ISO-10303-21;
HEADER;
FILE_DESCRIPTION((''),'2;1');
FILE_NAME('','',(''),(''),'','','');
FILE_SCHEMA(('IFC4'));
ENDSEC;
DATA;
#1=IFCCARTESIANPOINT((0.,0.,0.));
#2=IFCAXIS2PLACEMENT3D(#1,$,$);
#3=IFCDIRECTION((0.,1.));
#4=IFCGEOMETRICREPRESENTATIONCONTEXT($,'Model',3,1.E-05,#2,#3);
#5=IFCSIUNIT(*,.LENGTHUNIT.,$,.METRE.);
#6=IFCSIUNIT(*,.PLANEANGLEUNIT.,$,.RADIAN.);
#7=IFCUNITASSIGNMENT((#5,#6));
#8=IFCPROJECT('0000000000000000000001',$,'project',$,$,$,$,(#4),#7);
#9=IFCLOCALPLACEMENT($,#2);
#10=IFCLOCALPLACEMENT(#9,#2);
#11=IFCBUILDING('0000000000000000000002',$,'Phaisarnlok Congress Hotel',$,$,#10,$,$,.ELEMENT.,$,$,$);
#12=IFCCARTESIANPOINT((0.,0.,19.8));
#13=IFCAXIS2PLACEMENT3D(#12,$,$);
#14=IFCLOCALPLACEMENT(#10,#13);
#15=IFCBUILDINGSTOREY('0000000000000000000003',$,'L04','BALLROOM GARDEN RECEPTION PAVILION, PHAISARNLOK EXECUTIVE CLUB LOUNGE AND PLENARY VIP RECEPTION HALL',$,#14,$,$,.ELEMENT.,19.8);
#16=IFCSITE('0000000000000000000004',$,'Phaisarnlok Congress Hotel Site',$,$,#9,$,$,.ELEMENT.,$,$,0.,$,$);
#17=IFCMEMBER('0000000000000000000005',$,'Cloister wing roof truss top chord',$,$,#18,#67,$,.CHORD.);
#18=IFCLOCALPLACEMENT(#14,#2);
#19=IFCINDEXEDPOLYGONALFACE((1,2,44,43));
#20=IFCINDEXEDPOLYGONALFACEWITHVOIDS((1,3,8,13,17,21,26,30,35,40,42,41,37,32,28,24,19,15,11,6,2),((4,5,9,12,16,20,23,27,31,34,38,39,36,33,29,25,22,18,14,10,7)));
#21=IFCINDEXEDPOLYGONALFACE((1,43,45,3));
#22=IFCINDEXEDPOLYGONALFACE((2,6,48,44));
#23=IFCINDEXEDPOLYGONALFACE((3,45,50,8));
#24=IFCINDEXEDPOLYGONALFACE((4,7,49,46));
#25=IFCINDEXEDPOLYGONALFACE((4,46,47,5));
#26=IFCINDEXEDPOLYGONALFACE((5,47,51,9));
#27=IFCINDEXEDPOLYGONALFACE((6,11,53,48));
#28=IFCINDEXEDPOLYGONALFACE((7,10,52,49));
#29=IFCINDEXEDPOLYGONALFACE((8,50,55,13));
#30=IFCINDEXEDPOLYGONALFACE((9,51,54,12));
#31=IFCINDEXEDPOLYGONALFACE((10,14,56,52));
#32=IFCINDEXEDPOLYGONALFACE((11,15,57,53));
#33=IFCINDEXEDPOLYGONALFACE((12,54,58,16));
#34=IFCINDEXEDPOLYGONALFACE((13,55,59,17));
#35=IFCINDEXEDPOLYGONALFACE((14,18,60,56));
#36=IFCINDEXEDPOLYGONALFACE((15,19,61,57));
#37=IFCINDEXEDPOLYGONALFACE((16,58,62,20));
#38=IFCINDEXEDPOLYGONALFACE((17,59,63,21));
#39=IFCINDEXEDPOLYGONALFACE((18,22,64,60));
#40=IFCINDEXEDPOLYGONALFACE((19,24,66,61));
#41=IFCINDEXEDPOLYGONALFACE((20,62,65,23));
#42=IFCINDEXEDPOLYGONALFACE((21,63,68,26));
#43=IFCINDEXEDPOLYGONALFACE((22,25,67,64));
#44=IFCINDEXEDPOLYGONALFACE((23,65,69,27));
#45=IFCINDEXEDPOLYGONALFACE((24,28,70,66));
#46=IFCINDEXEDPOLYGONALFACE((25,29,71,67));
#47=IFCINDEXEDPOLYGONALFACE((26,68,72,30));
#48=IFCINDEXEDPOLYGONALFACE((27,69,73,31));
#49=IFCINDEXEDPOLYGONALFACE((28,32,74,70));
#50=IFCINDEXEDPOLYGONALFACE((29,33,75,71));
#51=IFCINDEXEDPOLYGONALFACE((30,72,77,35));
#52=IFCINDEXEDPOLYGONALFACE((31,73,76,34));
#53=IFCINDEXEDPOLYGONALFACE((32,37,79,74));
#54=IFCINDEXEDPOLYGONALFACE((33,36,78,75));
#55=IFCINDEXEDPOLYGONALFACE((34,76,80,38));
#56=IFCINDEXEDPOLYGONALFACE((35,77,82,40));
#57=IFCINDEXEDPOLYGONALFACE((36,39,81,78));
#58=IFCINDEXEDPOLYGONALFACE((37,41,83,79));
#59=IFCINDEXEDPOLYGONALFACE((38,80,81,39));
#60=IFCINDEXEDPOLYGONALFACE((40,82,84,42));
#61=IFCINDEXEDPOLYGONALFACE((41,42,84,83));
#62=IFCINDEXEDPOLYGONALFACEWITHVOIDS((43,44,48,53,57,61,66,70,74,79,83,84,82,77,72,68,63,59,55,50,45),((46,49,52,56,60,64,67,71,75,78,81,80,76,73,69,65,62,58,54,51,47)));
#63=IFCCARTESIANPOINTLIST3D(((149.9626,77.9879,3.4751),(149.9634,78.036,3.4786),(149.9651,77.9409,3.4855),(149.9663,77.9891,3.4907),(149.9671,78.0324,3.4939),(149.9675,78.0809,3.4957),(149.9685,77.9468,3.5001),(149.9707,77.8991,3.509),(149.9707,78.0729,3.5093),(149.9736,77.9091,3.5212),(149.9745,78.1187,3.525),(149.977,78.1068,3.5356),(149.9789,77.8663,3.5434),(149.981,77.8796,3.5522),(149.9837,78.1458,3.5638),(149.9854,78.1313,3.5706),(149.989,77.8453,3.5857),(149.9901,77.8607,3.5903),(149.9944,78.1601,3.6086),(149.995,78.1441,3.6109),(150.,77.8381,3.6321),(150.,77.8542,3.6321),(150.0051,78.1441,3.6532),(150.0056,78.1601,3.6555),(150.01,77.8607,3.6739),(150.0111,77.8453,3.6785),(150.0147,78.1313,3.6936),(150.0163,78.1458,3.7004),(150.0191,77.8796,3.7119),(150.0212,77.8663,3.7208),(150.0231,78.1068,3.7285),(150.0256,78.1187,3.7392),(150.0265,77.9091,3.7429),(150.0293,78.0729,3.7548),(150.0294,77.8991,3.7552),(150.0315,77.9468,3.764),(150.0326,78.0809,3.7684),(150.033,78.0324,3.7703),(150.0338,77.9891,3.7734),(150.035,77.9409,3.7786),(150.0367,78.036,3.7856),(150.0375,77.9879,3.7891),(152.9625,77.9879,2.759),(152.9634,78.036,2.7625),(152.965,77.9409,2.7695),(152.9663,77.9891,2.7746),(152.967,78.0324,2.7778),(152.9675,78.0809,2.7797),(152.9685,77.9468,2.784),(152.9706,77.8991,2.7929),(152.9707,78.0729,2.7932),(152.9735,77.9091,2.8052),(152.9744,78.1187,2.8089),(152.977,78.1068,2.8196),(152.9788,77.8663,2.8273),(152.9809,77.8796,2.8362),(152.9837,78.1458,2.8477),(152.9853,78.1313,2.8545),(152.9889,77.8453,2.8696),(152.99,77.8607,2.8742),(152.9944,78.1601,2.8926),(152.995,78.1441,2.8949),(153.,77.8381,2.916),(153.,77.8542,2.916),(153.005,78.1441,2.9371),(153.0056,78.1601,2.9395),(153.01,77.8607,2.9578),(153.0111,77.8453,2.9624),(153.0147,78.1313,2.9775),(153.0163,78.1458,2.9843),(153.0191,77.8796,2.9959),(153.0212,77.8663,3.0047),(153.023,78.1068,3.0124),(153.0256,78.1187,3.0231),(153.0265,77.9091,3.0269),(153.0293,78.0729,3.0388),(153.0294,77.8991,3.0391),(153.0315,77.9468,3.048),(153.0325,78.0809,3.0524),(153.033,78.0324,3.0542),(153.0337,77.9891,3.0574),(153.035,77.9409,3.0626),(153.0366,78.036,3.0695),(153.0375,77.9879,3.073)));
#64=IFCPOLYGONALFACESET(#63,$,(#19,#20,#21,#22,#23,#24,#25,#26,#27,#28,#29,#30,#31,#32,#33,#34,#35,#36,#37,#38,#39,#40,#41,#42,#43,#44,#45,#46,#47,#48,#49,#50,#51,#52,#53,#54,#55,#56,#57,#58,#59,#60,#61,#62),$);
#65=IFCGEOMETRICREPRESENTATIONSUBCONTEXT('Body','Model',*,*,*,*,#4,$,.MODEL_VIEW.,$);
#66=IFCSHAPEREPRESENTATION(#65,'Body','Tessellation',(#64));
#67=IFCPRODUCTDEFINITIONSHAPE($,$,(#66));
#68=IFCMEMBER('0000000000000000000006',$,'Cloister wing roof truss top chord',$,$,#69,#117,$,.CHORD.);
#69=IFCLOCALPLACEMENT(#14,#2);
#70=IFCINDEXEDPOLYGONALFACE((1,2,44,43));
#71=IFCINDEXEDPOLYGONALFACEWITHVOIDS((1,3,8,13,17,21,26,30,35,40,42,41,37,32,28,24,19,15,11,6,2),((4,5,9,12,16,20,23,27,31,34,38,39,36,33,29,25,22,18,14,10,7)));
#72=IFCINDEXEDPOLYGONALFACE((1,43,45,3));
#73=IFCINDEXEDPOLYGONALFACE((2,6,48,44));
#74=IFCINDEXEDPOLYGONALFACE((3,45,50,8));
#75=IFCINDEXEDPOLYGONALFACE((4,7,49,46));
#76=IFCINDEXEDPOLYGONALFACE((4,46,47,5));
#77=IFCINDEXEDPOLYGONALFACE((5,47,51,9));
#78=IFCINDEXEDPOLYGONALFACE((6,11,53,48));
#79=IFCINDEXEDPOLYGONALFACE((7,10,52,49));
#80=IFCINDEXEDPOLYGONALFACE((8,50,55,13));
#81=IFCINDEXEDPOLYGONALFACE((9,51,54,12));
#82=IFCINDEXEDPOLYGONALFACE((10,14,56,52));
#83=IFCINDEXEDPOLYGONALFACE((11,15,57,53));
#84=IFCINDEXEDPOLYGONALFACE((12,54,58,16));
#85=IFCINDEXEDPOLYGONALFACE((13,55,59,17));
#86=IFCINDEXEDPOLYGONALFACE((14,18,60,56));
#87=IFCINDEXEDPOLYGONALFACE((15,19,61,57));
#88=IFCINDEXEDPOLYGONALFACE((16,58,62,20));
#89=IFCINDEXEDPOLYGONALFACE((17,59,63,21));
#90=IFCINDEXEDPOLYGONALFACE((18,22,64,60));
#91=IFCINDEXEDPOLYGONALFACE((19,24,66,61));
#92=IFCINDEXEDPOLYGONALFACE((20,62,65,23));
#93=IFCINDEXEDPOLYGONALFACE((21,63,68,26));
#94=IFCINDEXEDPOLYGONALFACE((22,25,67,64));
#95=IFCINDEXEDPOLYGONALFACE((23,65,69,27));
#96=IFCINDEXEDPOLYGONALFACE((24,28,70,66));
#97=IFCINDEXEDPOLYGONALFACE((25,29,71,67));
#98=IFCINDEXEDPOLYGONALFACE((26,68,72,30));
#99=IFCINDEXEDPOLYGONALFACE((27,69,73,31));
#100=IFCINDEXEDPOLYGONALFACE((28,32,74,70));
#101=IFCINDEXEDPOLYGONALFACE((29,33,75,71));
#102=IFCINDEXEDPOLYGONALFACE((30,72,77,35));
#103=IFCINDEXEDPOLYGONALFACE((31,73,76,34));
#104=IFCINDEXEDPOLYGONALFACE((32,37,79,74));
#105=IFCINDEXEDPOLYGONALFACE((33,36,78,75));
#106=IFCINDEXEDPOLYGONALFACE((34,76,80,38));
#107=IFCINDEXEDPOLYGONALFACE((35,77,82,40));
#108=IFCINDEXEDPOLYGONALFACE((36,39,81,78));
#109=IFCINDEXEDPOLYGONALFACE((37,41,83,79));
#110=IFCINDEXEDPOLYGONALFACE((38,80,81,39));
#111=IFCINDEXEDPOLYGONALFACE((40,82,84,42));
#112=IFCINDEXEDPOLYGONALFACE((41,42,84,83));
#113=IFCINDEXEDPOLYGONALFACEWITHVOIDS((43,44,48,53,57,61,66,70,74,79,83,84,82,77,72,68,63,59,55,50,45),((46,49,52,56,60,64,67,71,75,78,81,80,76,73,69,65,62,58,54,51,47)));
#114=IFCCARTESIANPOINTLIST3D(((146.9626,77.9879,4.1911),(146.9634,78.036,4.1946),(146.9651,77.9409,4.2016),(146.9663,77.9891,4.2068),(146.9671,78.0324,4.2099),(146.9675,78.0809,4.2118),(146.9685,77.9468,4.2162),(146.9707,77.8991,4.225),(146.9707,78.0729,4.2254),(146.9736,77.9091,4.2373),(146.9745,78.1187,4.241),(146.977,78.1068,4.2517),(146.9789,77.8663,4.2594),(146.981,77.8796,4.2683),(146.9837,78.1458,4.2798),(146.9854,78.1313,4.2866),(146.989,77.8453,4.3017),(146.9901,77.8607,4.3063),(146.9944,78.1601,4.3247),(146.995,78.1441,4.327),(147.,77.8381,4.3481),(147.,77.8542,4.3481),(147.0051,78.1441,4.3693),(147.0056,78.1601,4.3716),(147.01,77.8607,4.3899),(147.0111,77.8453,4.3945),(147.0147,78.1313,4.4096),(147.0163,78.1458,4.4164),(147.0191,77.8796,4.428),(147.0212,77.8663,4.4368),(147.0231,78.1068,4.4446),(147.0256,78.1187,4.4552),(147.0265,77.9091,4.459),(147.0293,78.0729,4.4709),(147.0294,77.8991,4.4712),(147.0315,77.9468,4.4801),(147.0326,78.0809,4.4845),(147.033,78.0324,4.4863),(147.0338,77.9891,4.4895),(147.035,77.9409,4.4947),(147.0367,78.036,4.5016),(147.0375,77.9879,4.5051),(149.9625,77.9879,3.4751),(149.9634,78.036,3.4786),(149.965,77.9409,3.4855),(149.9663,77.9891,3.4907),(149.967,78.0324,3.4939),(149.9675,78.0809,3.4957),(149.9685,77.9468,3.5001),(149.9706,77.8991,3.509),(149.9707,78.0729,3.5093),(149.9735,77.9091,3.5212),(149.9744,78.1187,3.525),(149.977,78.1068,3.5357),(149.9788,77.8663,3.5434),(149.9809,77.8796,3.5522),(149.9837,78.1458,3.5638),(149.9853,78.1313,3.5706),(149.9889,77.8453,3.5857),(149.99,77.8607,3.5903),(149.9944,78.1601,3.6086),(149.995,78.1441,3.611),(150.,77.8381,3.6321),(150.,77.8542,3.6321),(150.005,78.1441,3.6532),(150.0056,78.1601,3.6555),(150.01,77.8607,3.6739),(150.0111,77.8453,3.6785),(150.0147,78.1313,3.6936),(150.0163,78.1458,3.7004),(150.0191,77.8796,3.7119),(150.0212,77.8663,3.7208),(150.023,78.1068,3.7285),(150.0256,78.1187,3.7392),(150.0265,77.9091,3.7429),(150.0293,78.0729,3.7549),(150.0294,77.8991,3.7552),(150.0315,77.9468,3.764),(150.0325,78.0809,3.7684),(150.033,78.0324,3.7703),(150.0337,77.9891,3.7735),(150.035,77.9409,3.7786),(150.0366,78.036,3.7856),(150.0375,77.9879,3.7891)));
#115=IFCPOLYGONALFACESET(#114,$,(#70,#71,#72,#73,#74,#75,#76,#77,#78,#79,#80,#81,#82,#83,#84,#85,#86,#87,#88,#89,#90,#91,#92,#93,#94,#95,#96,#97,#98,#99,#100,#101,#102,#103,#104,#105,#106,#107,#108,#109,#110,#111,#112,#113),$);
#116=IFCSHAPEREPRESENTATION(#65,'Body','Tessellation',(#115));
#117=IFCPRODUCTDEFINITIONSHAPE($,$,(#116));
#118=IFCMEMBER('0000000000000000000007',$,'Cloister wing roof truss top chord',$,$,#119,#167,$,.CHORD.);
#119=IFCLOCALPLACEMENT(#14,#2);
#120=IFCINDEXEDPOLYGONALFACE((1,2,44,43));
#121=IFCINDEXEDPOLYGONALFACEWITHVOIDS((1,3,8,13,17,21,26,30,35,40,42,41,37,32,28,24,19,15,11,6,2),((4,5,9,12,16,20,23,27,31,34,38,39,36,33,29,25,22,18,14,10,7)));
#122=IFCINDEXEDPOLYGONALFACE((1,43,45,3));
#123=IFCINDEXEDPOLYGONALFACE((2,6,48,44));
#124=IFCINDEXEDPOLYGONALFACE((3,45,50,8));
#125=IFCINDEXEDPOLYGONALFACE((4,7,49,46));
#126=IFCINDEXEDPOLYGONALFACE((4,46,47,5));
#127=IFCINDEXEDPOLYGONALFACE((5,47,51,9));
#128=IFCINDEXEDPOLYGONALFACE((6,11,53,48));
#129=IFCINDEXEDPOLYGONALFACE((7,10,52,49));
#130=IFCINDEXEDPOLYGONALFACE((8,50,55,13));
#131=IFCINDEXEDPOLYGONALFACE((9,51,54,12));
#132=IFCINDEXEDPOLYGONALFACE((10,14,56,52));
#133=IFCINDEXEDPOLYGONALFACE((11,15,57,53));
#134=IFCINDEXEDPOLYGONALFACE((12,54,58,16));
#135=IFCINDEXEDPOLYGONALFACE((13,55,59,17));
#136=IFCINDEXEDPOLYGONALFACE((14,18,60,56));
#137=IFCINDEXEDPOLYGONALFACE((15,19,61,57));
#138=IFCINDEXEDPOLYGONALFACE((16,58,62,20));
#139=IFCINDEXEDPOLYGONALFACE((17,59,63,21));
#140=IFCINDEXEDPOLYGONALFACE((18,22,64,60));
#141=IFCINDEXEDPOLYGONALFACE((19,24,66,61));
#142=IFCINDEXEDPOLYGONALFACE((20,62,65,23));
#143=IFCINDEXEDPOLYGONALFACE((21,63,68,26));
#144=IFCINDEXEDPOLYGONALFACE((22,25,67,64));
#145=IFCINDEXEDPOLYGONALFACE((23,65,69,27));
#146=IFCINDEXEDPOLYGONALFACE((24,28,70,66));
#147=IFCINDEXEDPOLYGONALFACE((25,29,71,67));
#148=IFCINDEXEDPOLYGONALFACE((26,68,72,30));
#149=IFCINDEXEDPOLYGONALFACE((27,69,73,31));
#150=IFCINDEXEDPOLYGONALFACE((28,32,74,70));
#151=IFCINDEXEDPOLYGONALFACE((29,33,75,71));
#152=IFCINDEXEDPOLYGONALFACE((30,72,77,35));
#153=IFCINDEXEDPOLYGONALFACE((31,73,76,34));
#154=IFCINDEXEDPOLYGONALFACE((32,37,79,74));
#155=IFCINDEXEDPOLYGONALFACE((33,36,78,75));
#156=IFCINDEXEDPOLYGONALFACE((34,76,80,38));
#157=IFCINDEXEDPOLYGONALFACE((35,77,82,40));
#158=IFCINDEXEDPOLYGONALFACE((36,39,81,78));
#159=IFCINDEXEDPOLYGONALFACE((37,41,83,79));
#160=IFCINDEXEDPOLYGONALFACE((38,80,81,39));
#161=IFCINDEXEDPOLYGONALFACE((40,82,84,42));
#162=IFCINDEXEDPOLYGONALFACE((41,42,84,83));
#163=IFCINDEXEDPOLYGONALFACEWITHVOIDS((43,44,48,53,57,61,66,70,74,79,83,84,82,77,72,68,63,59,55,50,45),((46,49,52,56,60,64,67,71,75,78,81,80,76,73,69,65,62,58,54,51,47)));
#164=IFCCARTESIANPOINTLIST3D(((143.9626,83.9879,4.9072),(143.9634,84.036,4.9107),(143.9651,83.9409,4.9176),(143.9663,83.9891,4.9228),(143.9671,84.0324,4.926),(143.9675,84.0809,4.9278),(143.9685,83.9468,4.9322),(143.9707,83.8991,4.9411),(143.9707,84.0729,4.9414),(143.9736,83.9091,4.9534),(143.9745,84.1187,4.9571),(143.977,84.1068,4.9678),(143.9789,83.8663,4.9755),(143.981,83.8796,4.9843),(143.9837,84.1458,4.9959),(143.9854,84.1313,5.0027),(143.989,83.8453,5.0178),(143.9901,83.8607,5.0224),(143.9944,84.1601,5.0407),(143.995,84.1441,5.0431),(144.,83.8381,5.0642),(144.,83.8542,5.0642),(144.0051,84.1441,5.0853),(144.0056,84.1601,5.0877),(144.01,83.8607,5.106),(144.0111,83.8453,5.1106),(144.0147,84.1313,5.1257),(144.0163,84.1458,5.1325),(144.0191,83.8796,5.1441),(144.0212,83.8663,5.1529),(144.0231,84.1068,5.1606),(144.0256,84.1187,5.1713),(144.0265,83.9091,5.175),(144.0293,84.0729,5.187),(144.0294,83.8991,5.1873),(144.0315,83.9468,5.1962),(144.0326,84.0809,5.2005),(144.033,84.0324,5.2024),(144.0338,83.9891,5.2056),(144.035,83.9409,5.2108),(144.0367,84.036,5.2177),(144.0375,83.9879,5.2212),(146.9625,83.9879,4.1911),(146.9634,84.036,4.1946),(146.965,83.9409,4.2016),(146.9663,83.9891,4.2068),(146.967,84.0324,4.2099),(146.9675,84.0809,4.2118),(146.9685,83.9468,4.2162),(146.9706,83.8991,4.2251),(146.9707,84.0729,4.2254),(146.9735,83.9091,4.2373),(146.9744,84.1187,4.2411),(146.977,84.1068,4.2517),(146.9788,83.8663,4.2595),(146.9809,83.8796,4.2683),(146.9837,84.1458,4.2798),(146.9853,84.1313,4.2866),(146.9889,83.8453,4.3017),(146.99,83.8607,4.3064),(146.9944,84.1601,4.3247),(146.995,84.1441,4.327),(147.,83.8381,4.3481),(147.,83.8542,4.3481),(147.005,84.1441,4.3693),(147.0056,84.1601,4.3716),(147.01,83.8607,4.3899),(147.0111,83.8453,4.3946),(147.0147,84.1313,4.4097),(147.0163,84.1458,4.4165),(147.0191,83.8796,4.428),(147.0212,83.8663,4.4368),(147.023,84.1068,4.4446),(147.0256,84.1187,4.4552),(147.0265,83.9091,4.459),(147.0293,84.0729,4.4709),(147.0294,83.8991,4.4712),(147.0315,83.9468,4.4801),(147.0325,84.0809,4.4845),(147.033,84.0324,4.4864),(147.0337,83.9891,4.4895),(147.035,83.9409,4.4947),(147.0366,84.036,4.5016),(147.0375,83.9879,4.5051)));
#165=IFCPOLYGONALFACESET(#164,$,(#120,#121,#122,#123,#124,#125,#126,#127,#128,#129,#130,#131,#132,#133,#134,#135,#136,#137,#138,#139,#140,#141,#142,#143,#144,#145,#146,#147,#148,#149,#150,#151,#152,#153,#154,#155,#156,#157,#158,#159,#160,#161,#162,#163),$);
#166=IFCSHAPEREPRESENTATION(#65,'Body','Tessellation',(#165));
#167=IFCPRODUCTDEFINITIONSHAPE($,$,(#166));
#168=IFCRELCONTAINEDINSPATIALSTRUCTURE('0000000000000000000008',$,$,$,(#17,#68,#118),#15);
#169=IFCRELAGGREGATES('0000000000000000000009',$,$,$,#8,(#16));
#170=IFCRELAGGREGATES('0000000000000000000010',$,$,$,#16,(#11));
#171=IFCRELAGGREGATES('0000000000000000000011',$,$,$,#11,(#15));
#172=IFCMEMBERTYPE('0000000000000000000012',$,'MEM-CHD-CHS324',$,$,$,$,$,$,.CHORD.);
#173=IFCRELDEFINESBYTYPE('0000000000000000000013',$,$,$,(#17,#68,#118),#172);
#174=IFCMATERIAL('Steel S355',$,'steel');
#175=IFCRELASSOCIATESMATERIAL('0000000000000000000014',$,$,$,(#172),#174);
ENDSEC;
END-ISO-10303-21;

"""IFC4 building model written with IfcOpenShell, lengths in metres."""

from ifc_helpers import new_model, si_unit, direction, frame, origin, origin_2d, place, context, subcontext, project, spatial, hollow_circle, extrude, material, material_profile, profile_set, type_object, element, save


model = new_model("IFC4")

# Units and contexts
model_context = context("Model", 3, precision=1e-05, world=origin(), true_north=direction((0.0, 1.0)))
body_context = subcontext(model_context, "Body", "Model", "MODEL_VIEW")
ifc_project = project(units=[si_unit("LENGTHUNIT", "METRE"), si_unit("PLANEANGLEUNIT", "RADIAN")], contexts=[model_context])

# Site, building, storey
site_placement = place(None, origin())
site = spatial("IfcSite", under=ifc_project, at=site_placement, Name="Phaisarnlok Congress Hotel Site", CompositionType="ELEMENT", RefElevation=0.0)
building_placement = place(site_placement, origin())
building = spatial("IfcBuilding", under=site, at=building_placement, Name="Phaisarnlok Congress Hotel", CompositionType="ELEMENT")
storey_placement = place(building_placement, frame((0.0, 0.0, 19.8)))
storey = spatial("IfcBuildingStorey", under=building, at=storey_placement, Name="L04", Description="BALLROOM GARDEN RECEPTION PAVILION, PHAISARNLOK EXECUTIVE CLUB LOUNGE AND PLENARY VIP RECEPTION HALL", CompositionType="ELEMENT", Elevation=19.8)

# Shared definitions
ifc_material_1 = material(Name="Steel S355", Category="steel")

# Members
ifc_material_profile_1 = material_profile(ifc_material_1, hollow_circle(Radius=0.1619, WallThickness=0.0161, at=origin_2d()), Name="CHS 323.9x16")
ifc_profile_set_1 = profile_set([ifc_material_profile_1], Name="Steel S355")
member_type_1 = type_object("IfcMemberType", Name="MEM-CHD-CHS324", PredefinedType="CHORD", material=ifc_profile_set_1)
for number, where, z_axis, x_axis, name in (
    (1, (153.0, 78.0, 2.916), (-0.972676, 0.0, 0.232166), (0.0, -1.0, 0.0), "Cloister wing roof truss top chord"),
    (2, (150.0, 78.0, 3.6321), (-0.972676, 0.0, 0.232166), (0.0, -1.0, 0.0), "Cloister wing roof truss top chord"),
    (3, (147.0, 84.0, 4.3481), (-0.972676, 0.0, 0.232166), (0.0, -1.0, 0.0), "Cloister wing roof truss top chord"),
):
    element("IfcMember", number, at=place(storey_placement, frame(where, z_axis=z_axis, x_axis=x_axis)), inside=storey, type_object=member_type_1, Name=name, PredefinedType="CHORD", context=body_context, shape_type="SweptSolid", body=[
        extrude(hollow_circle(Radius=0.1619, WallThickness=0.0161, at=origin_2d()), origin(), (0.0, 0.0, 1.0), 3.0842),
    ])

save(model, "model.ifc")
